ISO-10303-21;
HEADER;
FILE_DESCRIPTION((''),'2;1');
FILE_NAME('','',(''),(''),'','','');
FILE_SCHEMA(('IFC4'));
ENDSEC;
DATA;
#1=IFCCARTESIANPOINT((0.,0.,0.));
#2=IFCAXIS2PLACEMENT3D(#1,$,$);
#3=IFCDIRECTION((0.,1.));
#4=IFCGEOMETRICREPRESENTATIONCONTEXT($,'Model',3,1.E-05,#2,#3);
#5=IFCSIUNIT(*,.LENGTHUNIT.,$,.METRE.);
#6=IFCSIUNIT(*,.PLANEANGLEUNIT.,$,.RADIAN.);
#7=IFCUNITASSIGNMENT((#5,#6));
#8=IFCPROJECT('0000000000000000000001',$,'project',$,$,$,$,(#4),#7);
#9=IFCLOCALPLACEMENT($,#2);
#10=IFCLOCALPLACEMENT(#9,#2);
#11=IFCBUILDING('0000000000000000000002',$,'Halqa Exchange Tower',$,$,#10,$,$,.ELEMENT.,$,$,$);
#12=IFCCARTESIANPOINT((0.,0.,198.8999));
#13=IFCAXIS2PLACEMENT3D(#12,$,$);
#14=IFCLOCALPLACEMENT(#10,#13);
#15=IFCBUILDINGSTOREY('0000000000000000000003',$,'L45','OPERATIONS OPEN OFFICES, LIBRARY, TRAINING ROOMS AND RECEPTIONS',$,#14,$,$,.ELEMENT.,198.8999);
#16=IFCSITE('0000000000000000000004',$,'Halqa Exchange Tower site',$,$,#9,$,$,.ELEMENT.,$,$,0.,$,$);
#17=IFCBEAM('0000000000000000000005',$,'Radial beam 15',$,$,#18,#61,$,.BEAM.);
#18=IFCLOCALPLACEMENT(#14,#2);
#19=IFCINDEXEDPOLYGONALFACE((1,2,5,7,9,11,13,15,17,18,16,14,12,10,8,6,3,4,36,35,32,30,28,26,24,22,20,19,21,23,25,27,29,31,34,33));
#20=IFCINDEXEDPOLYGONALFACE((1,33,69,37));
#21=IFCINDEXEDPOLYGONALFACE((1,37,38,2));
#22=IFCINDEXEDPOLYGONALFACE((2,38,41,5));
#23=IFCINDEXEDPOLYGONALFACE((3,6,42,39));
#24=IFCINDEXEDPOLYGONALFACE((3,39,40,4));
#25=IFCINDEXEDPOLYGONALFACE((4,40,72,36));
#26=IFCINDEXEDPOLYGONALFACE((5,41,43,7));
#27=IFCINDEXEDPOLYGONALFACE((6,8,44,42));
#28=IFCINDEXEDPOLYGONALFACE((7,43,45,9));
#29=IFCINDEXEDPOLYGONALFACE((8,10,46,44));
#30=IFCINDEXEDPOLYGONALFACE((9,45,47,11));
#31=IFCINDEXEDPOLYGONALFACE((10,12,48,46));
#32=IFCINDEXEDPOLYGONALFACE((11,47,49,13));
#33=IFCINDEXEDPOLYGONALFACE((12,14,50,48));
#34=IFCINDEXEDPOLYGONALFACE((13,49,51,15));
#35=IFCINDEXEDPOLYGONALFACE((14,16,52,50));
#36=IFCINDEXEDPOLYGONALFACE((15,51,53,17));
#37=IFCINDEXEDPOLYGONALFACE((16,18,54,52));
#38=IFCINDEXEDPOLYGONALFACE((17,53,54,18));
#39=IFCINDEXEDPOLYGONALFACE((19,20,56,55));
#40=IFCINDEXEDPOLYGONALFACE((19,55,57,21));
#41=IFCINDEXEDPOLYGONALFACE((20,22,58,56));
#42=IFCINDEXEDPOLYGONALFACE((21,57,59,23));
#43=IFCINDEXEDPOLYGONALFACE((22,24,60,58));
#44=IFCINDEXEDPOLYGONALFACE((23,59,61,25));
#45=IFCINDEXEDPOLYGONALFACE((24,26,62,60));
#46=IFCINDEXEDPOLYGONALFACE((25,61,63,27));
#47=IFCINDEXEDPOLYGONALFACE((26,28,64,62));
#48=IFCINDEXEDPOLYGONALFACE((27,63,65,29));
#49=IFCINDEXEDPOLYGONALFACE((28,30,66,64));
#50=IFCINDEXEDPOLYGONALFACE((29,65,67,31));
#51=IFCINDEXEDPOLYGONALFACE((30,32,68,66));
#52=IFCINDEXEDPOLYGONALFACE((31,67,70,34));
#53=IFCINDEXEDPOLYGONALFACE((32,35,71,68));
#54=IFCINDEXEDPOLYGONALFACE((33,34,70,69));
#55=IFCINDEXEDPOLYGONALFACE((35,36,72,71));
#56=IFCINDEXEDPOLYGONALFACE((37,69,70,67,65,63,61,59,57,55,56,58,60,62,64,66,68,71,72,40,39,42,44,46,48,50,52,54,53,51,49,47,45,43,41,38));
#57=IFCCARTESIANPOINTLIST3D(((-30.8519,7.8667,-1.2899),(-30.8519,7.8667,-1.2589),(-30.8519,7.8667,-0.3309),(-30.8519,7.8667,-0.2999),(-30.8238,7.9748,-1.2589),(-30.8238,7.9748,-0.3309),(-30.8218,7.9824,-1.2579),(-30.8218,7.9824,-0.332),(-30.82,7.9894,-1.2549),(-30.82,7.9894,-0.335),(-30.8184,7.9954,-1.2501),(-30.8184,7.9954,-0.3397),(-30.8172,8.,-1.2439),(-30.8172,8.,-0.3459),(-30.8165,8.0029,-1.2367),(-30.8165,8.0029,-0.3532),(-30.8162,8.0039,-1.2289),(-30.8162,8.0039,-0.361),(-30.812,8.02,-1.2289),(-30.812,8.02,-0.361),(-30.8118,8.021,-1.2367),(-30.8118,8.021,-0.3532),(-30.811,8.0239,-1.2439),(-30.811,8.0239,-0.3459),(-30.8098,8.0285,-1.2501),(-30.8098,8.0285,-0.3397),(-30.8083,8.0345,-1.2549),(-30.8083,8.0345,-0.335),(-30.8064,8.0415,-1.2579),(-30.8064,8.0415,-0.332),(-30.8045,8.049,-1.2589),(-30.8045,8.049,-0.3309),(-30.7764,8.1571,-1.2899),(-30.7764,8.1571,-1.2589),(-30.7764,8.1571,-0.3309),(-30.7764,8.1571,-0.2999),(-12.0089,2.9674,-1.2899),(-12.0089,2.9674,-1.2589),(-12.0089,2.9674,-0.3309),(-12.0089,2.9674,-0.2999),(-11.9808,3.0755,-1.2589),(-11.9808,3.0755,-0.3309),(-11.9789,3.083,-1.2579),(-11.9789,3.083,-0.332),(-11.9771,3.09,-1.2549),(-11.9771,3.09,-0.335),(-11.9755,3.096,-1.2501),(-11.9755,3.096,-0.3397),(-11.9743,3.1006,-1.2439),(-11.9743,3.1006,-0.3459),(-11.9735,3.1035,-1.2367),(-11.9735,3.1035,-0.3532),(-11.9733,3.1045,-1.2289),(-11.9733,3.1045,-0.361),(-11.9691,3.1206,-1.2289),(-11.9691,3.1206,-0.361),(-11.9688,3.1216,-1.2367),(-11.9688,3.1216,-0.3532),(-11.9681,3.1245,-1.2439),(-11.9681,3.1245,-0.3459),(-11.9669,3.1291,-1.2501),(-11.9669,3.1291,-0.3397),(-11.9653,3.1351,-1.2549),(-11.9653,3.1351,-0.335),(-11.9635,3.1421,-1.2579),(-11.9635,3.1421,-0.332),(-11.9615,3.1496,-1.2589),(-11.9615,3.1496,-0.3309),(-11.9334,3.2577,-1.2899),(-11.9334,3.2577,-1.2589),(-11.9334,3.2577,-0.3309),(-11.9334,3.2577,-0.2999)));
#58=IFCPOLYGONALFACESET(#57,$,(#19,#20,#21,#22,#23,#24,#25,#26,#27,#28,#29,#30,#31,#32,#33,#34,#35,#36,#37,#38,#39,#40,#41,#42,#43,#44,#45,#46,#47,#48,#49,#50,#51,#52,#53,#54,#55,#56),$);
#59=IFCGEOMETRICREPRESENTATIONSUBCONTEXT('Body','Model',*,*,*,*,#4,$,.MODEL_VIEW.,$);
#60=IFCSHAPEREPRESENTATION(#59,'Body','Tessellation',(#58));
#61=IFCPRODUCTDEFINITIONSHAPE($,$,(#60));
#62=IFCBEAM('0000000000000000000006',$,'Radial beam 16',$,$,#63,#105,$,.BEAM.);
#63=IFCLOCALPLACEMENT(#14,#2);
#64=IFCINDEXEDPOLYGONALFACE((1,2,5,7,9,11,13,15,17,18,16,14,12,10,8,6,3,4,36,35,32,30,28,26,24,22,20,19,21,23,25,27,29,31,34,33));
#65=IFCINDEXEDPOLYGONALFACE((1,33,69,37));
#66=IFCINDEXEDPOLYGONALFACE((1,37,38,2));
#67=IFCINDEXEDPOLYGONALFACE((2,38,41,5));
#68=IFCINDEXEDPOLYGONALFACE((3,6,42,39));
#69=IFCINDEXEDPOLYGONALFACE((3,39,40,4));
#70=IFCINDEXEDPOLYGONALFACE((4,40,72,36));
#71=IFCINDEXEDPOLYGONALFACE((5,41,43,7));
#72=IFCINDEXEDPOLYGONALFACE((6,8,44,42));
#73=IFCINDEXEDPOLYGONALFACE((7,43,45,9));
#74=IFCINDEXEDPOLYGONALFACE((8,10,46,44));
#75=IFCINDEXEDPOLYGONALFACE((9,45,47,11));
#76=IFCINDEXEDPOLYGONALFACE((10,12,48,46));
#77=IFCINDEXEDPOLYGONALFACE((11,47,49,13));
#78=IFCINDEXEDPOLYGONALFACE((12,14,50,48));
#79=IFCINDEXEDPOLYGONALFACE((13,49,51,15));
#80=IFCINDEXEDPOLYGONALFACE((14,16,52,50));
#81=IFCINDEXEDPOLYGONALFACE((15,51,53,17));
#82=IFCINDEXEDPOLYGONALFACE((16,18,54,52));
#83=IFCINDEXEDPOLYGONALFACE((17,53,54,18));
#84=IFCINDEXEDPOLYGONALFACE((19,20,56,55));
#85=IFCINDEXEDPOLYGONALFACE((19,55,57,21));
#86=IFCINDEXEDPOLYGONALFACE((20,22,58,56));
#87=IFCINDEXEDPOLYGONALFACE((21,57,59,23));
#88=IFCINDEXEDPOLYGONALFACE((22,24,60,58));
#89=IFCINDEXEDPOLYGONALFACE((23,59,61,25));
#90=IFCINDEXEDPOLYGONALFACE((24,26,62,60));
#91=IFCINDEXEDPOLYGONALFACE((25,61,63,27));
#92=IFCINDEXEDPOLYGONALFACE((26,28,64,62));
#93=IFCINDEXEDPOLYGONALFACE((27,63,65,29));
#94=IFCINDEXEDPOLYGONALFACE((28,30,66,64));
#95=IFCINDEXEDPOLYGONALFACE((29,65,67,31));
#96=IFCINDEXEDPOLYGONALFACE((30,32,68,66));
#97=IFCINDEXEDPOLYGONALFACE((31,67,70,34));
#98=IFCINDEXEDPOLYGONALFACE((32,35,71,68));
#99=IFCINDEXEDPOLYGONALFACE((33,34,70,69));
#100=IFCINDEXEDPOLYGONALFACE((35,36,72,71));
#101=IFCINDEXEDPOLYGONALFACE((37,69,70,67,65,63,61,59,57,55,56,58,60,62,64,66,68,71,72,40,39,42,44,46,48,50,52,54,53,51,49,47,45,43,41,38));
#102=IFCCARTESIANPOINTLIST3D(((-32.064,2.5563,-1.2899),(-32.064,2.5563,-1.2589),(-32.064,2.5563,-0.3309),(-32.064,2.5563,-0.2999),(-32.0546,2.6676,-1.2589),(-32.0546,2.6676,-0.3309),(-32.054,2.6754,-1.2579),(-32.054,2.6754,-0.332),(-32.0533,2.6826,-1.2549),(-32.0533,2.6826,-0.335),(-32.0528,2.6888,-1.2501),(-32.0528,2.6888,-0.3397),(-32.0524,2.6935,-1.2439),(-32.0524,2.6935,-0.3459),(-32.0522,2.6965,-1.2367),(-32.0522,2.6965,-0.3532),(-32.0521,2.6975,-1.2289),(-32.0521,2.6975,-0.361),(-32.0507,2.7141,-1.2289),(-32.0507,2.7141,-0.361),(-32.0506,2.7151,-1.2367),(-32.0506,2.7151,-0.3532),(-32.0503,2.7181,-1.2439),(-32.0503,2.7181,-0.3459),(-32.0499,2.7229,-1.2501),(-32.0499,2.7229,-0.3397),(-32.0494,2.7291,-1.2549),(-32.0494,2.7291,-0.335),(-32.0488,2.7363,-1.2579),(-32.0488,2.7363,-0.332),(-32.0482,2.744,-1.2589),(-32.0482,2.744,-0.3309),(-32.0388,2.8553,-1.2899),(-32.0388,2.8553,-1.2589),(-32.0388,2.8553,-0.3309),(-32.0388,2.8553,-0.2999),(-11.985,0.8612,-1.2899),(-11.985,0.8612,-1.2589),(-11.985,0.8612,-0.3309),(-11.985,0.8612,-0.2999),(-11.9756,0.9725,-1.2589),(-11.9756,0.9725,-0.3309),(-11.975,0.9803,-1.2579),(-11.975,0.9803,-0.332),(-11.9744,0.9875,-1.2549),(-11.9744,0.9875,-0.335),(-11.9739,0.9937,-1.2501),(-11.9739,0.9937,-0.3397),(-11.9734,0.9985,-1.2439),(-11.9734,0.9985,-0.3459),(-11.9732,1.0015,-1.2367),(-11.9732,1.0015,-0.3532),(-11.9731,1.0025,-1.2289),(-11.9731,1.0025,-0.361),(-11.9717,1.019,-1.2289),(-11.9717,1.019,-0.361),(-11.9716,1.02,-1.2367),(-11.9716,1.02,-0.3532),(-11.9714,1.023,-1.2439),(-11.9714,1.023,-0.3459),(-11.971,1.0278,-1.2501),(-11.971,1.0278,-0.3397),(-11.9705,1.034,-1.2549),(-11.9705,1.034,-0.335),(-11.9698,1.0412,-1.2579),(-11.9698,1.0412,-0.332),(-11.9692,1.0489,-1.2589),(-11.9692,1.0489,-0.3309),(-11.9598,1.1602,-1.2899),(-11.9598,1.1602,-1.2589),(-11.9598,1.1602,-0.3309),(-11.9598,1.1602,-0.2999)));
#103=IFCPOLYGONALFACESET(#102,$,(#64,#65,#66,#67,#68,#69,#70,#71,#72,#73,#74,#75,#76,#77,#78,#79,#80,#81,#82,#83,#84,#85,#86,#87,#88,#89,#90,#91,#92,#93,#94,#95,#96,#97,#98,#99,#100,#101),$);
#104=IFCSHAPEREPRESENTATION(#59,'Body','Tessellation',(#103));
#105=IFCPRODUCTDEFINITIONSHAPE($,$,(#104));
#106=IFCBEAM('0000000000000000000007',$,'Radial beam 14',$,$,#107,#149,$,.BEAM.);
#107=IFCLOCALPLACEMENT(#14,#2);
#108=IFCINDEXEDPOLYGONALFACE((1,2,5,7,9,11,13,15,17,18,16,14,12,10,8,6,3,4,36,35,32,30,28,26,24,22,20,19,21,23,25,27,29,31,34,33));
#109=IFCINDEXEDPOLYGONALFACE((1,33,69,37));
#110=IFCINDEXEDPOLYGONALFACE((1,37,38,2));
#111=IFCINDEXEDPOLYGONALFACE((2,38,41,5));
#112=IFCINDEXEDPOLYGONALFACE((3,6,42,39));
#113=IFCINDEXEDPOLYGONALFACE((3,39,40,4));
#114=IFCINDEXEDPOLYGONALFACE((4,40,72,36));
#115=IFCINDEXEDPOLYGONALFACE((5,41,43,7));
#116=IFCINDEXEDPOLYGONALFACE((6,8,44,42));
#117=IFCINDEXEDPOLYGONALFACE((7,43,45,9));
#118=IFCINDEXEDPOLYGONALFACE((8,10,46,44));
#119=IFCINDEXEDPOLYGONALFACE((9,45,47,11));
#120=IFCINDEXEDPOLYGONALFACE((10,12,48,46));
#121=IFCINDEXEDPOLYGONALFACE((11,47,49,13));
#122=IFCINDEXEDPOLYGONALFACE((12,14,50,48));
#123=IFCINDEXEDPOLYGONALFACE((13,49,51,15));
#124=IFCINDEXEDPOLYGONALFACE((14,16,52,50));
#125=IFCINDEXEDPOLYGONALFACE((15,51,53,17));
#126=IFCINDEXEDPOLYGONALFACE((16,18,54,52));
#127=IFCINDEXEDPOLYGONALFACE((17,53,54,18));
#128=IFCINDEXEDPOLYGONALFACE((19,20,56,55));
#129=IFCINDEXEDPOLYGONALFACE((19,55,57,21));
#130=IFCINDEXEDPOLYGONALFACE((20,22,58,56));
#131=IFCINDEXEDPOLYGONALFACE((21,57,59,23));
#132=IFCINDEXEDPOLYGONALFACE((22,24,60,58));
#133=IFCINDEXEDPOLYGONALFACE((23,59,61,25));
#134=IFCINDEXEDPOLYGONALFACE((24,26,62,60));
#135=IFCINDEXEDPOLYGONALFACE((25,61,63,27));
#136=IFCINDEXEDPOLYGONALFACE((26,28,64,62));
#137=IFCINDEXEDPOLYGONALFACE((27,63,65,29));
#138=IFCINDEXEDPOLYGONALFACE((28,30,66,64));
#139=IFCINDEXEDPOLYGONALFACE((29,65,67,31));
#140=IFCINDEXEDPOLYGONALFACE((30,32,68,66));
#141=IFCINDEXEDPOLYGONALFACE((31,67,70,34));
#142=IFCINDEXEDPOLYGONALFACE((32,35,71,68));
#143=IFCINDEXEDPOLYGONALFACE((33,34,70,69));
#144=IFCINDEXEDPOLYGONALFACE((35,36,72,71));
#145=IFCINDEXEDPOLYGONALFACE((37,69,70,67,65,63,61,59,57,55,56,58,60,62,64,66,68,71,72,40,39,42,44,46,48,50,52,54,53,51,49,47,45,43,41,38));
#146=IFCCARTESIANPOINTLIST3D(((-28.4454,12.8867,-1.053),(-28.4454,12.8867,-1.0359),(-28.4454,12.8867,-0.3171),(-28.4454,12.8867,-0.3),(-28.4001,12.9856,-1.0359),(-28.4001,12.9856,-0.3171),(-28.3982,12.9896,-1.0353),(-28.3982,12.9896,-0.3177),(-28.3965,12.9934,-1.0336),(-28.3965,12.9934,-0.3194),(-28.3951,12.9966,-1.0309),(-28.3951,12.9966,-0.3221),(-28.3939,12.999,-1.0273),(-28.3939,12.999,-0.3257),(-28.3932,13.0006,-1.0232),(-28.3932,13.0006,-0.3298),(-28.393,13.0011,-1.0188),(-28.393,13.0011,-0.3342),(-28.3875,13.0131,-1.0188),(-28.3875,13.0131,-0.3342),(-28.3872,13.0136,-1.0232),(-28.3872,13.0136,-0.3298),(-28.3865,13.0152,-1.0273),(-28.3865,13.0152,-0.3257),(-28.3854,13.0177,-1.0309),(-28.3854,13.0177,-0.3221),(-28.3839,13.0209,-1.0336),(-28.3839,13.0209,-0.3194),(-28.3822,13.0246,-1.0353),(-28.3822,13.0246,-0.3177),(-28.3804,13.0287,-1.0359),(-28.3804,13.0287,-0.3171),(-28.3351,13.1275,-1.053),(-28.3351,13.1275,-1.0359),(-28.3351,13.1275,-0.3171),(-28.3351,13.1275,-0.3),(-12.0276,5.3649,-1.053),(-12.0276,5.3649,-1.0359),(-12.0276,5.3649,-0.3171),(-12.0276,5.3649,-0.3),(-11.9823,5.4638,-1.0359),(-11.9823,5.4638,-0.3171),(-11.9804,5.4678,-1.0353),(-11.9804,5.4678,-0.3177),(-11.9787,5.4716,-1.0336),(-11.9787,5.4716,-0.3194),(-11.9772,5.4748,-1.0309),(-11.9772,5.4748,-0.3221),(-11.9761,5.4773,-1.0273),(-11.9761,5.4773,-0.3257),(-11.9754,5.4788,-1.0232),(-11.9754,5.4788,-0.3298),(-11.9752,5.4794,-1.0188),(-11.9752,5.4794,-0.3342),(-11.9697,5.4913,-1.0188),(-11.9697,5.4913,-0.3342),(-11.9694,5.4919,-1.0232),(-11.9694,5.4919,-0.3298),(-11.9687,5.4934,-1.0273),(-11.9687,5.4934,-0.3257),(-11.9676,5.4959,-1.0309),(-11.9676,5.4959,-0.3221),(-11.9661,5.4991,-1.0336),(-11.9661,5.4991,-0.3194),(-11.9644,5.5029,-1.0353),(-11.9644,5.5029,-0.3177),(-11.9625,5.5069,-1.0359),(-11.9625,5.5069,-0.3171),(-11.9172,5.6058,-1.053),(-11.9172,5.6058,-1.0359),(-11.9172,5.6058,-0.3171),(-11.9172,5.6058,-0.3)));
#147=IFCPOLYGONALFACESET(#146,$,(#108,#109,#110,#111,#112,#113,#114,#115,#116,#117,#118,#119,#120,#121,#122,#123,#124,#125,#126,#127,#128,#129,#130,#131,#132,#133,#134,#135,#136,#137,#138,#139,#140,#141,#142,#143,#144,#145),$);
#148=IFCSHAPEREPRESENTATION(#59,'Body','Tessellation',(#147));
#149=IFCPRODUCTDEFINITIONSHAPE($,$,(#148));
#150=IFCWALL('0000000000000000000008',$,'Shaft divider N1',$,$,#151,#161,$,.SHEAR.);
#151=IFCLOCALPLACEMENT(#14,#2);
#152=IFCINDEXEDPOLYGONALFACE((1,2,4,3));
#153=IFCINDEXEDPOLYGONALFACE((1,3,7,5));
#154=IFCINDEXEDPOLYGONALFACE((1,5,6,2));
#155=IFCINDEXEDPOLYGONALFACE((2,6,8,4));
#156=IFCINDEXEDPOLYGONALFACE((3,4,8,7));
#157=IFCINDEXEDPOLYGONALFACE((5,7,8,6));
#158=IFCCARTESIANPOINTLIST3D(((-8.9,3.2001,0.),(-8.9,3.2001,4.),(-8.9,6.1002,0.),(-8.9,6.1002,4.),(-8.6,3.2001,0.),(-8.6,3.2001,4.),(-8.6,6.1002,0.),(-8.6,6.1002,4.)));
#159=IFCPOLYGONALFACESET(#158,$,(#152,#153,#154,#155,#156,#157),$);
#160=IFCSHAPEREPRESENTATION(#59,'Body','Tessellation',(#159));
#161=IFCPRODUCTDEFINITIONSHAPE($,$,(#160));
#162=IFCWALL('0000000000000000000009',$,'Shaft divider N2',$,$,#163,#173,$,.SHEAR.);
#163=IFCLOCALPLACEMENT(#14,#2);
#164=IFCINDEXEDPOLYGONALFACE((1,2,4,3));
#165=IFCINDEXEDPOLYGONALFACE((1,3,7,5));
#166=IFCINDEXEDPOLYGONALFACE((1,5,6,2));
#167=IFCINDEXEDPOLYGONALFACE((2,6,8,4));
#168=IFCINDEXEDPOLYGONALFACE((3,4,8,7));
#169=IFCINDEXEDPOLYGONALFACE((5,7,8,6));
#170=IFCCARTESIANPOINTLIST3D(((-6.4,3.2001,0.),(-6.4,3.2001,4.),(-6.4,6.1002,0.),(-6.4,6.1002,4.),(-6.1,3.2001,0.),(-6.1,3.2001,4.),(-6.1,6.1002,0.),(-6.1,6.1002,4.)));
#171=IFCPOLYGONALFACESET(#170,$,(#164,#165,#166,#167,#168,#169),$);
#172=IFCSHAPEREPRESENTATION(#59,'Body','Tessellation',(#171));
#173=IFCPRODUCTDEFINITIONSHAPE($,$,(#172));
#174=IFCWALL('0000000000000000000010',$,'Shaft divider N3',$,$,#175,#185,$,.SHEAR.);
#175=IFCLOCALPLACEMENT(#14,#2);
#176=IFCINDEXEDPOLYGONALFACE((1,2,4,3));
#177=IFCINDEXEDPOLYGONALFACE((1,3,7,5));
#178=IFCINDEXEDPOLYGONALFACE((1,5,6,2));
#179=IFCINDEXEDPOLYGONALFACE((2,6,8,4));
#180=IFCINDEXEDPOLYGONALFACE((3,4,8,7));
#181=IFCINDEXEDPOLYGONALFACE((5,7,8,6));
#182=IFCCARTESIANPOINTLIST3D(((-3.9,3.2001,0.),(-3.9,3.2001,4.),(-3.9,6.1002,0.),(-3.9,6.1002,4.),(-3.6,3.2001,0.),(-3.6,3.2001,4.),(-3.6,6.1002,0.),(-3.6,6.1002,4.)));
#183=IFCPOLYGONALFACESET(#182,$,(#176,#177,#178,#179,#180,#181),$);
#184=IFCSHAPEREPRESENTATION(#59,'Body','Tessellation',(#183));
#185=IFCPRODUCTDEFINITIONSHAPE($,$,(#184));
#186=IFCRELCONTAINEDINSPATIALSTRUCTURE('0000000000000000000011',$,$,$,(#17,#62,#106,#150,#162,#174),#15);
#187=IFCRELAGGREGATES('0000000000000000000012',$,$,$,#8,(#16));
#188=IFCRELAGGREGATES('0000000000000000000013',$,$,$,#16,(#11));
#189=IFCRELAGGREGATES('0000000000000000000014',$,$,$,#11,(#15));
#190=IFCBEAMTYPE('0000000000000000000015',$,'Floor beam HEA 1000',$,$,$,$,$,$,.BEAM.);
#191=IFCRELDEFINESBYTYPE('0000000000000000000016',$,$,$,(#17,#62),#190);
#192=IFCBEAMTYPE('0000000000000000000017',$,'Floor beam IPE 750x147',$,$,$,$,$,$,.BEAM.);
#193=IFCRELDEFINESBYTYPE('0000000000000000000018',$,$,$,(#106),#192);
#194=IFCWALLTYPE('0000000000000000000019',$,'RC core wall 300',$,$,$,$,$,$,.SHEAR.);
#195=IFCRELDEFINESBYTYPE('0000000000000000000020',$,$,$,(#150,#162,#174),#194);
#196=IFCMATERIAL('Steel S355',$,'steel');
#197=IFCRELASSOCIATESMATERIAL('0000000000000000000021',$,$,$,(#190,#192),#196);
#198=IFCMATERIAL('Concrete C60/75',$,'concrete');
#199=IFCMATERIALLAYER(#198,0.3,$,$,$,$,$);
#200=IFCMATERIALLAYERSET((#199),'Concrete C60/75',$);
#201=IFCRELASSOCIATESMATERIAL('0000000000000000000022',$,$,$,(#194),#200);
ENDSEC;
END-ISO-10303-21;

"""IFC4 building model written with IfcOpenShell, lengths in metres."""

from ifc_helpers import new_model, si_unit, direction, frame, frame_2d, origin, origin_2d, place, context, subcontext, project, spatial, rectangle, i_section, extrude, material, layer, layer_set, material_profile, profile_set, type_object, element, save


model = new_model("IFC4")

# Units and contexts
model_context = context("Model", 3, precision=1e-05, world=origin(), true_north=direction((0.0, 1.0)))
body_context = subcontext(model_context, "Body", "Model", "MODEL_VIEW")
ifc_project = project(units=[si_unit("LENGTHUNIT", "METRE"), si_unit("PLANEANGLEUNIT", "RADIAN")], contexts=[model_context])

# Site, building, storey
site_placement = place(None, origin())
site = spatial("IfcSite", under=ifc_project, at=site_placement, Name="Halqa Exchange Tower site", CompositionType="ELEMENT", RefElevation=0.0)
building_placement = place(site_placement, origin())
building = spatial("IfcBuilding", under=site, at=building_placement, Name="Halqa Exchange Tower", CompositionType="ELEMENT")
storey_placement = place(building_placement, frame((0.0, 0.0, 198.8999)))
storey = spatial("IfcBuildingStorey", under=building, at=storey_placement, Name="L45", Description="OPERATIONS OPEN OFFICES, LIBRARY, TRAINING ROOMS AND RECEPTIONS", CompositionType="ELEMENT", Elevation=198.8999)

# Beams
ifc_material_1 = material(Name="Steel S355", Category="steel")
ifc_material_profile_1 = material_profile(ifc_material_1, i_section(OverallWidth=0.3, OverallDepth=0.99, WebThickness=0.0166, FlangeThickness=0.031, FilletRadius=0.03, at=origin_2d()), Name="HEA 1000")
ifc_profile_set_1 = profile_set([ifc_material_profile_1], Name="Steel S355")
beam_type_1 = type_object("IfcBeamType", Name="Floor beam HEA 1000", PredefinedType="BEAM", material=ifc_profile_set_1)
beam_1_placement = place(storey_placement, frame((-11.9712, 3.1125, -0.7949), z_axis=(-0.96782, 0.251645, 0.0), x_axis=(-0.251645, -0.96782, 0.0)))
element("IfcBeam", 1, at=beam_1_placement, inside=storey, type_object=beam_type_1, Name="Radial beam 15", PredefinedType="BEAM", context=body_context, shape_type="SweptSolid", body=[
    extrude(i_section(OverallWidth=0.3, OverallDepth=0.99, WebThickness=0.0166, FlangeThickness=0.031, FilletRadius=0.03, at=origin_2d()), origin(), (0.0, 0.0, 1.0), 19.4695),
])
beam_2_placement = place(storey_placement, frame((-11.9724, 1.0107, -0.7949), z_axis=(-0.996456, 0.084121, 0.0), x_axis=(-0.084121, -0.996456, 0.0)))
element("IfcBeam", 2, at=beam_2_placement, inside=storey, type_object=beam_type_1, Name="Radial beam 16", PredefinedType="BEAM", context=body_context, shape_type="SweptSolid", body=[
    extrude(i_section(OverallWidth=0.3, OverallDepth=0.99, WebThickness=0.0166, FlangeThickness=0.031, FilletRadius=0.03, at=origin_2d()), origin(), (0.0, 0.0, 1.0), 20.1504),
])
ifc_material_profile_2 = material_profile(ifc_material_1, i_section(OverallWidth=0.2649, OverallDepth=0.7529, WebThickness=0.0132, FlangeThickness=0.0171, FilletRadius=0.0171, at=origin_2d()), Name="IPE 750x147")
ifc_profile_set_2 = profile_set([ifc_material_profile_2], Name="Steel S355")
beam_type_2 = type_object("IfcBeamType", Name="Floor beam IPE 750x147", PredefinedType="BEAM", material=ifc_profile_set_2)
beam_3_placement = place(storey_placement, frame((-11.9724, 5.4854, -0.6765), z_axis=(-0.909129, 0.416515, 0.0), x_axis=(-0.416515, -0.909129, 0.0)))
element("IfcBeam", 3, at=beam_3_placement, inside=storey, type_object=beam_type_2, Name="Radial beam 14", PredefinedType="BEAM", context=body_context, shape_type="SweptSolid", body=[
    extrude(i_section(OverallWidth=0.2649, OverallDepth=0.7529, WebThickness=0.0132, FlangeThickness=0.0171, FilletRadius=0.0171, at=origin_2d()), origin(), (0.0, 0.0, 1.0), 18.0588),
])

# Walls
ifc_material_2 = material(Name="Concrete C60/75", Category="concrete")
ifc_layer_1 = layer(ifc_material_2, 0.3)
ifc_layer_set_1 = layer_set([ifc_layer_1], Name="Concrete C60/75")
wall_type_1 = type_object("IfcWallType", Name="RC core wall 300", PredefinedType="SHEAR", material=ifc_layer_set_1)
for number, where, z_axis, x_axis, name in (
    (4, (-8.75, 3.2, 0.0), (0.0, 0.0, 1.0), (0.0, 1.0, 0.0), "Shaft divider N1"),
    (5, (-6.25, 3.2, 0.0), (0.0, 0.0, 1.0), (0.0, 1.0, 0.0), "Shaft divider N2"),
    (6, (-3.75, 3.2, 0.0), (0.0, 0.0, 1.0), (0.0, 1.0, 0.0), "Shaft divider N3"),
):
    element("IfcWall", number, at=place(storey_placement, frame(where, z_axis=z_axis, x_axis=x_axis)), inside=storey, type_object=wall_type_1, Name=name, PredefinedType="SHEAR", context=body_context, shape_type="SweptSolid", body=[
        extrude(rectangle(XDim=2.9001, YDim=0.3, at=frame_2d((1.4502, 0.0))), origin(), (0.0, 0.0, 1.0), 4.0),
    ])

save(model, "model.ifc")
